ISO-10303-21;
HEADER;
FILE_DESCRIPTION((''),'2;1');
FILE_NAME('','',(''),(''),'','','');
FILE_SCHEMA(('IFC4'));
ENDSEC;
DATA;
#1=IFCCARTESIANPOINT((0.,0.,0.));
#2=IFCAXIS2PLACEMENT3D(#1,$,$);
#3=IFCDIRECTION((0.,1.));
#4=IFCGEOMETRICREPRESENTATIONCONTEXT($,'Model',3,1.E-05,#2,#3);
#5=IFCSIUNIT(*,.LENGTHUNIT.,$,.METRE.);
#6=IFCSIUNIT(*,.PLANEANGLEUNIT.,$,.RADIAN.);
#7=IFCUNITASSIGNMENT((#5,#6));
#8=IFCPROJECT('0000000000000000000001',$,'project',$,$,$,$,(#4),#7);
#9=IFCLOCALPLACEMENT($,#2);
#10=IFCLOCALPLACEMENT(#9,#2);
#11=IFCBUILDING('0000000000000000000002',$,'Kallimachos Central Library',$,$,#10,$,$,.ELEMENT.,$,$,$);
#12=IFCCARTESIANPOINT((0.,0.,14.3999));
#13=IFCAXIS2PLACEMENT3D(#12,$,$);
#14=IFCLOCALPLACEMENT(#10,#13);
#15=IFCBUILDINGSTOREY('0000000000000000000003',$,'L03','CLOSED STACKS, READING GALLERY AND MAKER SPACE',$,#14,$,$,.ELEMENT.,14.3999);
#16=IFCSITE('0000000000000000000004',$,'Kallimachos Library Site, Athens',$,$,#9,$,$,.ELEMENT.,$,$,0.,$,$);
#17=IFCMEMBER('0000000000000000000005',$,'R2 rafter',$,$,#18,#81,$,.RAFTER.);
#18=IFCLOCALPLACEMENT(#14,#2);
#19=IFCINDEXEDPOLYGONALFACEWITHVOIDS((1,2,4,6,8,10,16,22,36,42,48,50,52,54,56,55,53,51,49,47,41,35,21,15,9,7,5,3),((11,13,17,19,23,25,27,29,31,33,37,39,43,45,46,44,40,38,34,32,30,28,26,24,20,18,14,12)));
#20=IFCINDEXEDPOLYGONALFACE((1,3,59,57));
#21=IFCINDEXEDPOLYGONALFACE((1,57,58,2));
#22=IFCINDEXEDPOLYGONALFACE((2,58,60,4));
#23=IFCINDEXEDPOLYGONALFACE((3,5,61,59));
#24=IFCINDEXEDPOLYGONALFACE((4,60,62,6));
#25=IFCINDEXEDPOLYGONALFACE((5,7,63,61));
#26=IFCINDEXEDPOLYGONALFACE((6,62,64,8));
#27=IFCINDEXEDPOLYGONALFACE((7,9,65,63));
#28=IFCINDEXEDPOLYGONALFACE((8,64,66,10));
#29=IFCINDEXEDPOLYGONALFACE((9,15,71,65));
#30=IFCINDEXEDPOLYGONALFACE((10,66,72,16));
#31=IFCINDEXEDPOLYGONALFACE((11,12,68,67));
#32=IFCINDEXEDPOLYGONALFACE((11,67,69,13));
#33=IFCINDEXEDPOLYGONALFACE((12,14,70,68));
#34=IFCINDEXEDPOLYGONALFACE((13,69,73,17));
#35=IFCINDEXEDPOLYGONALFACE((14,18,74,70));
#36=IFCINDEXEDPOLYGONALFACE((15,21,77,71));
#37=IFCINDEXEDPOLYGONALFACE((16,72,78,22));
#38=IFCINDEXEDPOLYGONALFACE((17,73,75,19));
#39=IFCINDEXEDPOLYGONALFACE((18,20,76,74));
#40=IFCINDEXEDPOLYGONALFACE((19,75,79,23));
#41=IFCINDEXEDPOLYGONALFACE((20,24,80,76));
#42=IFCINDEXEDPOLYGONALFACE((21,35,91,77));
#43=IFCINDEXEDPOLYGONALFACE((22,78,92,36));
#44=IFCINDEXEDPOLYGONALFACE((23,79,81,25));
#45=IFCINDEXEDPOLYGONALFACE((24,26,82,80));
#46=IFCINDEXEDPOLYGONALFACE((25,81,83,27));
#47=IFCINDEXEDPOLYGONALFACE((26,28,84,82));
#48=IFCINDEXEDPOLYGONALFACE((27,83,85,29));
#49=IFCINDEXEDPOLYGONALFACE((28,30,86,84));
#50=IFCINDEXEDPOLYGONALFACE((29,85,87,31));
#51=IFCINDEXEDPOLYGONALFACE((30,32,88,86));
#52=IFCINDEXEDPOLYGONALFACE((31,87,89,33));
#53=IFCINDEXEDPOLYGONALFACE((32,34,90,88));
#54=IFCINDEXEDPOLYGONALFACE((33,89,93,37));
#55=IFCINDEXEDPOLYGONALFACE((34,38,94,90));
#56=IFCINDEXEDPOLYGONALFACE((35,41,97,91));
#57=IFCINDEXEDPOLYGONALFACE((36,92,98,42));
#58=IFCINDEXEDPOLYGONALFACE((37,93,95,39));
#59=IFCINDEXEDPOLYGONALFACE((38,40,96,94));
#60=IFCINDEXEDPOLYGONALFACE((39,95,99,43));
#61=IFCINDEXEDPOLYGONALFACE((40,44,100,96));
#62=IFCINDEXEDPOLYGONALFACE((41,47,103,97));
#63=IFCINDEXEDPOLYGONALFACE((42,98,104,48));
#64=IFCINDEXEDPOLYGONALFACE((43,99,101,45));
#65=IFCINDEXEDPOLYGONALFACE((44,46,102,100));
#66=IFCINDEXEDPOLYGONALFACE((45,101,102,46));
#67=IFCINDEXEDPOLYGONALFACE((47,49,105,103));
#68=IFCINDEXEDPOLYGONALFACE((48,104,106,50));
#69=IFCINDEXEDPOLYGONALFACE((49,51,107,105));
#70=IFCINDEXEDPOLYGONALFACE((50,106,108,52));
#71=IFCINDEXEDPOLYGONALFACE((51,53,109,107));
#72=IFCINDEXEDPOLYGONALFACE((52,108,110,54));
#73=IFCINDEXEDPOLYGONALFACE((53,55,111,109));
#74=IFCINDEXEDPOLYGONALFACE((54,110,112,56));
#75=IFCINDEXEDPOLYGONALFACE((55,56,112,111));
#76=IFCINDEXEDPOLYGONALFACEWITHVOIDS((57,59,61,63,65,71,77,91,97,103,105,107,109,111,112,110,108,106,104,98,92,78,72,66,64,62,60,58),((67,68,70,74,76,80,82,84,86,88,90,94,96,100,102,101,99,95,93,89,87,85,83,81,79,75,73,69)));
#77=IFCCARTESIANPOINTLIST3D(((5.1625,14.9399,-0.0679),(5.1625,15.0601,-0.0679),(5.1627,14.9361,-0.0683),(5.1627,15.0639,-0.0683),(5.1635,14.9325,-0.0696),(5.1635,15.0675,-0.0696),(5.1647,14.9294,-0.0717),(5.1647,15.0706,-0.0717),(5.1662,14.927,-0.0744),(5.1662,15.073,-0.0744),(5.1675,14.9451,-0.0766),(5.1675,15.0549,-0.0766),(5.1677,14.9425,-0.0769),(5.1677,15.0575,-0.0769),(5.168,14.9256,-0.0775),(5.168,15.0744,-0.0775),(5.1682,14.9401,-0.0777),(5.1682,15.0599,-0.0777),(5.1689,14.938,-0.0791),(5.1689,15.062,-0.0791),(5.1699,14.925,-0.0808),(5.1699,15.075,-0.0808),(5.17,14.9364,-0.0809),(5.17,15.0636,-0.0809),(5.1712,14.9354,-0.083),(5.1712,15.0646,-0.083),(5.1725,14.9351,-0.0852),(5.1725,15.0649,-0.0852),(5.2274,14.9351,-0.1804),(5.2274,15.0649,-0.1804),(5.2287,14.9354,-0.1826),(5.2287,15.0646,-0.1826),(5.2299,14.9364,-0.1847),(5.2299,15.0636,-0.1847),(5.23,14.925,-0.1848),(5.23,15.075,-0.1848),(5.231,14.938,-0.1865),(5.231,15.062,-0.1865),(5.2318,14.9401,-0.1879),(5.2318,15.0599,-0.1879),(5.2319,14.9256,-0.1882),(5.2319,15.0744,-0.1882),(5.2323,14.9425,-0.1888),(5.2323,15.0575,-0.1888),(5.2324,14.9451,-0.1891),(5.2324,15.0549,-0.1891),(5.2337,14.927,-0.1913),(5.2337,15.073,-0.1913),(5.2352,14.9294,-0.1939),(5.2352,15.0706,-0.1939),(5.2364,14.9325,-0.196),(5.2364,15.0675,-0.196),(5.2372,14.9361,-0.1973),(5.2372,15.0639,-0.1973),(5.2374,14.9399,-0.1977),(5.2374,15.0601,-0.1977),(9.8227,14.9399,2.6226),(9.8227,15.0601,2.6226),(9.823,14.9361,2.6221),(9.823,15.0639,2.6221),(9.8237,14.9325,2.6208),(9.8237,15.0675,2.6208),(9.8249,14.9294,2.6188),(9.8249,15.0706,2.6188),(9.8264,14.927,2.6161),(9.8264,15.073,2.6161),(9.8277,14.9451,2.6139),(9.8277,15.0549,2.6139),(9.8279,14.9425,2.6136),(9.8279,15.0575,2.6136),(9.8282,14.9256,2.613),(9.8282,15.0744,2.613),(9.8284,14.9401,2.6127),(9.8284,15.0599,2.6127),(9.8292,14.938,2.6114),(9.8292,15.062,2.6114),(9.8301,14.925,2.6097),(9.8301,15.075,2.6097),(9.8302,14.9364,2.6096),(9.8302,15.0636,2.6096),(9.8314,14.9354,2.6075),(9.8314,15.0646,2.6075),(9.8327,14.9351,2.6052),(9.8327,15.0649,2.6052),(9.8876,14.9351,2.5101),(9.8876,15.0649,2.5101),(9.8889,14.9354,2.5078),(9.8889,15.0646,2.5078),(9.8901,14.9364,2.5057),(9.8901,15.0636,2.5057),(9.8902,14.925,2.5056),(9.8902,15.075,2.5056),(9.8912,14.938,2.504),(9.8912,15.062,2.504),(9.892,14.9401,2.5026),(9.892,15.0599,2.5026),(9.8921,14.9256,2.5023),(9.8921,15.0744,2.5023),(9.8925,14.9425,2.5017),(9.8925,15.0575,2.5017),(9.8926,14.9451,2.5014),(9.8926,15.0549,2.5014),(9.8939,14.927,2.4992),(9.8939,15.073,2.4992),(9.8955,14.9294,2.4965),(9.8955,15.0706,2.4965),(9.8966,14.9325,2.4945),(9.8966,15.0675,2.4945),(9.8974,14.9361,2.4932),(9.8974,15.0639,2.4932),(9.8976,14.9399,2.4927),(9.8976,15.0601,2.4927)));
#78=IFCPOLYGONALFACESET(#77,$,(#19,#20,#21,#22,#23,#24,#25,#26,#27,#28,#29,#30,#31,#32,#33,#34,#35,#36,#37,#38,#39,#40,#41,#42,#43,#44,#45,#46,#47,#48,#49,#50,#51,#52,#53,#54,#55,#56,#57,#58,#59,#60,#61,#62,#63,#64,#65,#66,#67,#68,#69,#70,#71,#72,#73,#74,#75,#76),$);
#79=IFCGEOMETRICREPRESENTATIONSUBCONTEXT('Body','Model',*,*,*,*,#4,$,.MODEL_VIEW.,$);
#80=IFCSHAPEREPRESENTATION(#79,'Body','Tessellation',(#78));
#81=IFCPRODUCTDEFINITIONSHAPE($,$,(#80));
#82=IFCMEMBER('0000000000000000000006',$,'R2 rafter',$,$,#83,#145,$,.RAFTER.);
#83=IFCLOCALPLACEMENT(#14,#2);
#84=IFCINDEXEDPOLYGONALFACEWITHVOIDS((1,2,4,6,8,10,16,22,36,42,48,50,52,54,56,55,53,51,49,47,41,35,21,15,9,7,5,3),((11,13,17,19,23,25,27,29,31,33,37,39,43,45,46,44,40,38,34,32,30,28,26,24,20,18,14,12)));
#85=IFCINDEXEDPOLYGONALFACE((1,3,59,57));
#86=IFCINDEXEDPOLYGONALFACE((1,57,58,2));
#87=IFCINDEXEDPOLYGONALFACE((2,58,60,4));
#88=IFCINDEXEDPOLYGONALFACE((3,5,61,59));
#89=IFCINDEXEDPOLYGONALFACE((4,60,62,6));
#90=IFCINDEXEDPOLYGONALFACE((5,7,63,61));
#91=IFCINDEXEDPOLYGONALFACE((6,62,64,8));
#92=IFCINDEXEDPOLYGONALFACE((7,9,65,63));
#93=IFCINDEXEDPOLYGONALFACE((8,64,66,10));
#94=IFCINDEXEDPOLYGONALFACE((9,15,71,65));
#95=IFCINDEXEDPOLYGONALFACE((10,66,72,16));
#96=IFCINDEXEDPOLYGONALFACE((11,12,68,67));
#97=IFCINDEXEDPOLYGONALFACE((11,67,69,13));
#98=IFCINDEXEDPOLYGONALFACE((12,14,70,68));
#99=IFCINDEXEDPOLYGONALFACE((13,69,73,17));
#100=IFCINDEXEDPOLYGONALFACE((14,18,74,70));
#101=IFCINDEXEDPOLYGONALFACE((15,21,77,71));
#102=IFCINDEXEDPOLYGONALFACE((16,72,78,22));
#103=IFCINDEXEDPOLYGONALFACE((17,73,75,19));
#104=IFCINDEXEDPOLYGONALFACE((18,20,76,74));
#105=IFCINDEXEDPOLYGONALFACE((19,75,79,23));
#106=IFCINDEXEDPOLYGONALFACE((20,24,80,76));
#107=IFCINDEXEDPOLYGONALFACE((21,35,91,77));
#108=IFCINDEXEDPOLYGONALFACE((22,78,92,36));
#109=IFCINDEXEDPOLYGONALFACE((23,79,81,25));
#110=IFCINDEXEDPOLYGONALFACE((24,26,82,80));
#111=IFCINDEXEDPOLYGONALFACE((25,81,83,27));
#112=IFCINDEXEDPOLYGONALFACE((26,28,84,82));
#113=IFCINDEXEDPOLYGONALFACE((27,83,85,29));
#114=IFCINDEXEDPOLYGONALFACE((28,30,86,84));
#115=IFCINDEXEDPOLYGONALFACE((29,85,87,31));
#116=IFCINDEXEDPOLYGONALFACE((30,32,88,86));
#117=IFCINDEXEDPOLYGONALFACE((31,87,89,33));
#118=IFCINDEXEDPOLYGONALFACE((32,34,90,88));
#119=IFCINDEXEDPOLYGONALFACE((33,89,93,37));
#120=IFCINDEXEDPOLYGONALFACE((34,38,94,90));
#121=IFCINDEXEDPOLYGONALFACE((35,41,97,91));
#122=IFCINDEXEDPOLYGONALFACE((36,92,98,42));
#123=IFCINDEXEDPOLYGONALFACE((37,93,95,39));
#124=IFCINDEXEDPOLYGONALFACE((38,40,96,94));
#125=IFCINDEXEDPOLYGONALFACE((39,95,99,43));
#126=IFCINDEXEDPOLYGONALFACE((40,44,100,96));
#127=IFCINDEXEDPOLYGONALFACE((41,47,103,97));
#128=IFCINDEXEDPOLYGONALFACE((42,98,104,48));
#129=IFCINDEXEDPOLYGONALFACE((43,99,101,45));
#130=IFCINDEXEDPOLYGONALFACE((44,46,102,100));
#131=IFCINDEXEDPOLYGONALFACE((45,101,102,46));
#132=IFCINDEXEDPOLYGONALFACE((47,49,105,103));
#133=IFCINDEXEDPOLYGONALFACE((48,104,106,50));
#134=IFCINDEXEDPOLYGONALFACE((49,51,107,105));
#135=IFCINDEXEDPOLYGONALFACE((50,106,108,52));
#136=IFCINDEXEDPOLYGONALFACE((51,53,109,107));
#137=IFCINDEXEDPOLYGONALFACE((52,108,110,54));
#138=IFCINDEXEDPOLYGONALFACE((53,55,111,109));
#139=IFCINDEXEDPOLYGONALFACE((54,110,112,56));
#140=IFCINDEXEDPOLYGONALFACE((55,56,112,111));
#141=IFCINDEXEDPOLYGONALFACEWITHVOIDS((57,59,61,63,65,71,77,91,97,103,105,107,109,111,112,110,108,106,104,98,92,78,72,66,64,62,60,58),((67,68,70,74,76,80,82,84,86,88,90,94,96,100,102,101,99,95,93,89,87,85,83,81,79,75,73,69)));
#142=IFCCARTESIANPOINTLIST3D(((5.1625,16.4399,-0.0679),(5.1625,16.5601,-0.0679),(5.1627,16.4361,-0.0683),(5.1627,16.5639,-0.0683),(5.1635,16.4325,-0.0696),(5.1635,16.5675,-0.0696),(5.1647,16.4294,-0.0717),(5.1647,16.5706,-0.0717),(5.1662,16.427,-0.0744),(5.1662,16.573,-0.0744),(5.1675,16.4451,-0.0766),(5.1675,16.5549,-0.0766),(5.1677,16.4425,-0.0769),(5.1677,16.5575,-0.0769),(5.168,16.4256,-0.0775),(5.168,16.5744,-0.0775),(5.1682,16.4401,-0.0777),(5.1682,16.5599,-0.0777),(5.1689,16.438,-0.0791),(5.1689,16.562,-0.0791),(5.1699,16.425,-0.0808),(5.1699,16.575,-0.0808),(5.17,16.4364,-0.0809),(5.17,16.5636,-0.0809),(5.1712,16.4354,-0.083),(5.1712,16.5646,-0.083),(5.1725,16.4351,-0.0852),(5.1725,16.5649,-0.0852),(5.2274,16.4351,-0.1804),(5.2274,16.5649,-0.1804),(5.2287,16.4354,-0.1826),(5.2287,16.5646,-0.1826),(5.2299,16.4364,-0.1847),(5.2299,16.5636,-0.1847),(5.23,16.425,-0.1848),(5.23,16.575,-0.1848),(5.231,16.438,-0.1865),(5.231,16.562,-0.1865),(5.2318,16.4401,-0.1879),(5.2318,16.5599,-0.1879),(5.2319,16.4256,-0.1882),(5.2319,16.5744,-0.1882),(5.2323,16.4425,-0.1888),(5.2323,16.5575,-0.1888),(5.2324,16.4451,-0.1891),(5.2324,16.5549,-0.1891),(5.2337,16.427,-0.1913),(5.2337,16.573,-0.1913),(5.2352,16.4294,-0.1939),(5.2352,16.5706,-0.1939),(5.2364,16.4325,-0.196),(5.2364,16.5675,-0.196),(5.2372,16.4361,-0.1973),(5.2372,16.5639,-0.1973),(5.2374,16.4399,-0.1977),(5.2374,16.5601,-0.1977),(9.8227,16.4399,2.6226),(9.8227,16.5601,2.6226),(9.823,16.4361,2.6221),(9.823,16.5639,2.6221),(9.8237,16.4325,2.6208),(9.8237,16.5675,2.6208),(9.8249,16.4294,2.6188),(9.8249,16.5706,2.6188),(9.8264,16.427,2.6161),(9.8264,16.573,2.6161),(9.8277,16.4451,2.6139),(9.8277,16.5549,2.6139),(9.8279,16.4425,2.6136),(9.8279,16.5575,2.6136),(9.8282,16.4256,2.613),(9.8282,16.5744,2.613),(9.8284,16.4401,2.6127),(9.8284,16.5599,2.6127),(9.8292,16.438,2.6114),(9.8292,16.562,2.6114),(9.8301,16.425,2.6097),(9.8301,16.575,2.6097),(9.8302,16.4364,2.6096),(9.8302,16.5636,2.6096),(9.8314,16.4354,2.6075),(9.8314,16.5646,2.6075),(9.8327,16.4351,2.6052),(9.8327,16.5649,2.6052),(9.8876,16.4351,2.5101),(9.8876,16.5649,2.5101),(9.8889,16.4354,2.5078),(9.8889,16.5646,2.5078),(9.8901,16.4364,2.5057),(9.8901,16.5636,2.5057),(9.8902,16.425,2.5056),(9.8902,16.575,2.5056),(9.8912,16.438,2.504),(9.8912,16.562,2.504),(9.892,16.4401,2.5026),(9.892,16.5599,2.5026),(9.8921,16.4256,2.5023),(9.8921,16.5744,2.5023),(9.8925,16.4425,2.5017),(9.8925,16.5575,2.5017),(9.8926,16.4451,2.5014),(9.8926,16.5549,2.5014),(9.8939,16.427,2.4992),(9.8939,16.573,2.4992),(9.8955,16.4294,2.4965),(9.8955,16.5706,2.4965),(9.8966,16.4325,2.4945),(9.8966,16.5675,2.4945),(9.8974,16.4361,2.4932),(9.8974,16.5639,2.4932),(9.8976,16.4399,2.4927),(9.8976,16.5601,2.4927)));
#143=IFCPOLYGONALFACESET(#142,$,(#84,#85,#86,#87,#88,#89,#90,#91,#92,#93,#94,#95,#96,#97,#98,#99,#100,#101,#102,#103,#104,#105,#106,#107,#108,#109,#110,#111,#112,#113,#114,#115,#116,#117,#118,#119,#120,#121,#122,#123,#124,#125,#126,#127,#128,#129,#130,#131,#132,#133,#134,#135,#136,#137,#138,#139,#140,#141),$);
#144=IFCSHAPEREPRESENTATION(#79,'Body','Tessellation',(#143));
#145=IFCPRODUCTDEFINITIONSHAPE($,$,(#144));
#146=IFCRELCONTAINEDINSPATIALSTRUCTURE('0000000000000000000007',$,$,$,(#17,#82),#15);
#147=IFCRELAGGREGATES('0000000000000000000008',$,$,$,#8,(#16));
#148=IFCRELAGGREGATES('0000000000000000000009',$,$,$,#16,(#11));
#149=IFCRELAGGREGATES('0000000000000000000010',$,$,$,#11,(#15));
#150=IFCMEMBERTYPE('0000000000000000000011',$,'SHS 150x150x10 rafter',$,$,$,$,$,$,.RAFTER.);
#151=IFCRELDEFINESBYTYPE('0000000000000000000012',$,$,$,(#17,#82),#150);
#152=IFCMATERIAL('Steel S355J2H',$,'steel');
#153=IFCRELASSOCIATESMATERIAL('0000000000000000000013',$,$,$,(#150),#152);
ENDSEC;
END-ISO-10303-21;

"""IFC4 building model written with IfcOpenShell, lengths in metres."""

from ifc_helpers import new_model, si_unit, direction, frame, origin, origin_2d, place, context, subcontext, project, spatial, hollow_rectangle, extrude, material, material_profile, profile_set, type_object, element, save


model = new_model("IFC4")

# Units and contexts
model_context = context("Model", 3, precision=1e-05, world=origin(), true_north=direction((0.0, 1.0)))
body_context = subcontext(model_context, "Body", "Model", "MODEL_VIEW")
ifc_project = project(units=[si_unit("LENGTHUNIT", "METRE"), si_unit("PLANEANGLEUNIT", "RADIAN")], contexts=[model_context])

# Site, building, storey
site_placement = place(None, origin())
site = spatial("IfcSite", under=ifc_project, at=site_placement, Name="Kallimachos Library Site, Athens", CompositionType="ELEMENT", RefElevation=0.0)
building_placement = place(site_placement, origin())
building = spatial("IfcBuilding", under=site, at=building_placement, Name="Kallimachos Central Library", CompositionType="ELEMENT")
storey_placement = place(building_placement, frame((0.0, 0.0, 14.3999)))
storey = spatial("IfcBuildingStorey", under=building, at=storey_placement, Name="L03", Description="CLOSED STACKS, READING GALLERY AND MAKER SPACE", CompositionType="ELEMENT", Elevation=14.3999)

# Members
ifc_material_1 = material(Name="Steel S355J2H", Category="steel")
ifc_material_profile_1 = material_profile(ifc_material_1, hollow_rectangle(XDim=0.1499, YDim=0.1499, WallThickness=0.01, InnerFilletRadius=0.01, OuterFilletRadius=0.0149, at=origin_2d()), Name="SHS 150x150x10")
ifc_profile_set_1 = profile_set([ifc_material_profile_1], Name="Steel S355J2H")
member_type_1 = type_object("IfcMemberType", Name="SHS 150x150x10 rafter", PredefinedType="RAFTER", material=ifc_profile_set_1)
for number, where, z_axis, x_axis, name in (
    (1, (5.2, 15.0, -0.1328), (0.866034, 0.0, 0.499984), (0.0, 1.0, 0.0), "R2 rafter"),
    (2, (5.2, 16.5, -0.1328), (0.866034, 0.0, 0.499984), (0.0, 1.0, 0.0), "R2 rafter"),
):
    element("IfcMember", number, at=place(storey_placement, frame(where, z_axis=z_axis, x_axis=x_axis)), inside=storey, type_object=member_type_1, Name=name, PredefinedType="RAFTER", context=body_context, shape_type="SweptSolid", body=[
        extrude(hollow_rectangle(XDim=0.1499, YDim=0.1499, WallThickness=0.01, InnerFilletRadius=0.01, OuterFilletRadius=0.0149, at=origin_2d()), origin(), (0.0, 0.0, 1.0), 5.3811),
    ])

save(model, "model.ifc")
